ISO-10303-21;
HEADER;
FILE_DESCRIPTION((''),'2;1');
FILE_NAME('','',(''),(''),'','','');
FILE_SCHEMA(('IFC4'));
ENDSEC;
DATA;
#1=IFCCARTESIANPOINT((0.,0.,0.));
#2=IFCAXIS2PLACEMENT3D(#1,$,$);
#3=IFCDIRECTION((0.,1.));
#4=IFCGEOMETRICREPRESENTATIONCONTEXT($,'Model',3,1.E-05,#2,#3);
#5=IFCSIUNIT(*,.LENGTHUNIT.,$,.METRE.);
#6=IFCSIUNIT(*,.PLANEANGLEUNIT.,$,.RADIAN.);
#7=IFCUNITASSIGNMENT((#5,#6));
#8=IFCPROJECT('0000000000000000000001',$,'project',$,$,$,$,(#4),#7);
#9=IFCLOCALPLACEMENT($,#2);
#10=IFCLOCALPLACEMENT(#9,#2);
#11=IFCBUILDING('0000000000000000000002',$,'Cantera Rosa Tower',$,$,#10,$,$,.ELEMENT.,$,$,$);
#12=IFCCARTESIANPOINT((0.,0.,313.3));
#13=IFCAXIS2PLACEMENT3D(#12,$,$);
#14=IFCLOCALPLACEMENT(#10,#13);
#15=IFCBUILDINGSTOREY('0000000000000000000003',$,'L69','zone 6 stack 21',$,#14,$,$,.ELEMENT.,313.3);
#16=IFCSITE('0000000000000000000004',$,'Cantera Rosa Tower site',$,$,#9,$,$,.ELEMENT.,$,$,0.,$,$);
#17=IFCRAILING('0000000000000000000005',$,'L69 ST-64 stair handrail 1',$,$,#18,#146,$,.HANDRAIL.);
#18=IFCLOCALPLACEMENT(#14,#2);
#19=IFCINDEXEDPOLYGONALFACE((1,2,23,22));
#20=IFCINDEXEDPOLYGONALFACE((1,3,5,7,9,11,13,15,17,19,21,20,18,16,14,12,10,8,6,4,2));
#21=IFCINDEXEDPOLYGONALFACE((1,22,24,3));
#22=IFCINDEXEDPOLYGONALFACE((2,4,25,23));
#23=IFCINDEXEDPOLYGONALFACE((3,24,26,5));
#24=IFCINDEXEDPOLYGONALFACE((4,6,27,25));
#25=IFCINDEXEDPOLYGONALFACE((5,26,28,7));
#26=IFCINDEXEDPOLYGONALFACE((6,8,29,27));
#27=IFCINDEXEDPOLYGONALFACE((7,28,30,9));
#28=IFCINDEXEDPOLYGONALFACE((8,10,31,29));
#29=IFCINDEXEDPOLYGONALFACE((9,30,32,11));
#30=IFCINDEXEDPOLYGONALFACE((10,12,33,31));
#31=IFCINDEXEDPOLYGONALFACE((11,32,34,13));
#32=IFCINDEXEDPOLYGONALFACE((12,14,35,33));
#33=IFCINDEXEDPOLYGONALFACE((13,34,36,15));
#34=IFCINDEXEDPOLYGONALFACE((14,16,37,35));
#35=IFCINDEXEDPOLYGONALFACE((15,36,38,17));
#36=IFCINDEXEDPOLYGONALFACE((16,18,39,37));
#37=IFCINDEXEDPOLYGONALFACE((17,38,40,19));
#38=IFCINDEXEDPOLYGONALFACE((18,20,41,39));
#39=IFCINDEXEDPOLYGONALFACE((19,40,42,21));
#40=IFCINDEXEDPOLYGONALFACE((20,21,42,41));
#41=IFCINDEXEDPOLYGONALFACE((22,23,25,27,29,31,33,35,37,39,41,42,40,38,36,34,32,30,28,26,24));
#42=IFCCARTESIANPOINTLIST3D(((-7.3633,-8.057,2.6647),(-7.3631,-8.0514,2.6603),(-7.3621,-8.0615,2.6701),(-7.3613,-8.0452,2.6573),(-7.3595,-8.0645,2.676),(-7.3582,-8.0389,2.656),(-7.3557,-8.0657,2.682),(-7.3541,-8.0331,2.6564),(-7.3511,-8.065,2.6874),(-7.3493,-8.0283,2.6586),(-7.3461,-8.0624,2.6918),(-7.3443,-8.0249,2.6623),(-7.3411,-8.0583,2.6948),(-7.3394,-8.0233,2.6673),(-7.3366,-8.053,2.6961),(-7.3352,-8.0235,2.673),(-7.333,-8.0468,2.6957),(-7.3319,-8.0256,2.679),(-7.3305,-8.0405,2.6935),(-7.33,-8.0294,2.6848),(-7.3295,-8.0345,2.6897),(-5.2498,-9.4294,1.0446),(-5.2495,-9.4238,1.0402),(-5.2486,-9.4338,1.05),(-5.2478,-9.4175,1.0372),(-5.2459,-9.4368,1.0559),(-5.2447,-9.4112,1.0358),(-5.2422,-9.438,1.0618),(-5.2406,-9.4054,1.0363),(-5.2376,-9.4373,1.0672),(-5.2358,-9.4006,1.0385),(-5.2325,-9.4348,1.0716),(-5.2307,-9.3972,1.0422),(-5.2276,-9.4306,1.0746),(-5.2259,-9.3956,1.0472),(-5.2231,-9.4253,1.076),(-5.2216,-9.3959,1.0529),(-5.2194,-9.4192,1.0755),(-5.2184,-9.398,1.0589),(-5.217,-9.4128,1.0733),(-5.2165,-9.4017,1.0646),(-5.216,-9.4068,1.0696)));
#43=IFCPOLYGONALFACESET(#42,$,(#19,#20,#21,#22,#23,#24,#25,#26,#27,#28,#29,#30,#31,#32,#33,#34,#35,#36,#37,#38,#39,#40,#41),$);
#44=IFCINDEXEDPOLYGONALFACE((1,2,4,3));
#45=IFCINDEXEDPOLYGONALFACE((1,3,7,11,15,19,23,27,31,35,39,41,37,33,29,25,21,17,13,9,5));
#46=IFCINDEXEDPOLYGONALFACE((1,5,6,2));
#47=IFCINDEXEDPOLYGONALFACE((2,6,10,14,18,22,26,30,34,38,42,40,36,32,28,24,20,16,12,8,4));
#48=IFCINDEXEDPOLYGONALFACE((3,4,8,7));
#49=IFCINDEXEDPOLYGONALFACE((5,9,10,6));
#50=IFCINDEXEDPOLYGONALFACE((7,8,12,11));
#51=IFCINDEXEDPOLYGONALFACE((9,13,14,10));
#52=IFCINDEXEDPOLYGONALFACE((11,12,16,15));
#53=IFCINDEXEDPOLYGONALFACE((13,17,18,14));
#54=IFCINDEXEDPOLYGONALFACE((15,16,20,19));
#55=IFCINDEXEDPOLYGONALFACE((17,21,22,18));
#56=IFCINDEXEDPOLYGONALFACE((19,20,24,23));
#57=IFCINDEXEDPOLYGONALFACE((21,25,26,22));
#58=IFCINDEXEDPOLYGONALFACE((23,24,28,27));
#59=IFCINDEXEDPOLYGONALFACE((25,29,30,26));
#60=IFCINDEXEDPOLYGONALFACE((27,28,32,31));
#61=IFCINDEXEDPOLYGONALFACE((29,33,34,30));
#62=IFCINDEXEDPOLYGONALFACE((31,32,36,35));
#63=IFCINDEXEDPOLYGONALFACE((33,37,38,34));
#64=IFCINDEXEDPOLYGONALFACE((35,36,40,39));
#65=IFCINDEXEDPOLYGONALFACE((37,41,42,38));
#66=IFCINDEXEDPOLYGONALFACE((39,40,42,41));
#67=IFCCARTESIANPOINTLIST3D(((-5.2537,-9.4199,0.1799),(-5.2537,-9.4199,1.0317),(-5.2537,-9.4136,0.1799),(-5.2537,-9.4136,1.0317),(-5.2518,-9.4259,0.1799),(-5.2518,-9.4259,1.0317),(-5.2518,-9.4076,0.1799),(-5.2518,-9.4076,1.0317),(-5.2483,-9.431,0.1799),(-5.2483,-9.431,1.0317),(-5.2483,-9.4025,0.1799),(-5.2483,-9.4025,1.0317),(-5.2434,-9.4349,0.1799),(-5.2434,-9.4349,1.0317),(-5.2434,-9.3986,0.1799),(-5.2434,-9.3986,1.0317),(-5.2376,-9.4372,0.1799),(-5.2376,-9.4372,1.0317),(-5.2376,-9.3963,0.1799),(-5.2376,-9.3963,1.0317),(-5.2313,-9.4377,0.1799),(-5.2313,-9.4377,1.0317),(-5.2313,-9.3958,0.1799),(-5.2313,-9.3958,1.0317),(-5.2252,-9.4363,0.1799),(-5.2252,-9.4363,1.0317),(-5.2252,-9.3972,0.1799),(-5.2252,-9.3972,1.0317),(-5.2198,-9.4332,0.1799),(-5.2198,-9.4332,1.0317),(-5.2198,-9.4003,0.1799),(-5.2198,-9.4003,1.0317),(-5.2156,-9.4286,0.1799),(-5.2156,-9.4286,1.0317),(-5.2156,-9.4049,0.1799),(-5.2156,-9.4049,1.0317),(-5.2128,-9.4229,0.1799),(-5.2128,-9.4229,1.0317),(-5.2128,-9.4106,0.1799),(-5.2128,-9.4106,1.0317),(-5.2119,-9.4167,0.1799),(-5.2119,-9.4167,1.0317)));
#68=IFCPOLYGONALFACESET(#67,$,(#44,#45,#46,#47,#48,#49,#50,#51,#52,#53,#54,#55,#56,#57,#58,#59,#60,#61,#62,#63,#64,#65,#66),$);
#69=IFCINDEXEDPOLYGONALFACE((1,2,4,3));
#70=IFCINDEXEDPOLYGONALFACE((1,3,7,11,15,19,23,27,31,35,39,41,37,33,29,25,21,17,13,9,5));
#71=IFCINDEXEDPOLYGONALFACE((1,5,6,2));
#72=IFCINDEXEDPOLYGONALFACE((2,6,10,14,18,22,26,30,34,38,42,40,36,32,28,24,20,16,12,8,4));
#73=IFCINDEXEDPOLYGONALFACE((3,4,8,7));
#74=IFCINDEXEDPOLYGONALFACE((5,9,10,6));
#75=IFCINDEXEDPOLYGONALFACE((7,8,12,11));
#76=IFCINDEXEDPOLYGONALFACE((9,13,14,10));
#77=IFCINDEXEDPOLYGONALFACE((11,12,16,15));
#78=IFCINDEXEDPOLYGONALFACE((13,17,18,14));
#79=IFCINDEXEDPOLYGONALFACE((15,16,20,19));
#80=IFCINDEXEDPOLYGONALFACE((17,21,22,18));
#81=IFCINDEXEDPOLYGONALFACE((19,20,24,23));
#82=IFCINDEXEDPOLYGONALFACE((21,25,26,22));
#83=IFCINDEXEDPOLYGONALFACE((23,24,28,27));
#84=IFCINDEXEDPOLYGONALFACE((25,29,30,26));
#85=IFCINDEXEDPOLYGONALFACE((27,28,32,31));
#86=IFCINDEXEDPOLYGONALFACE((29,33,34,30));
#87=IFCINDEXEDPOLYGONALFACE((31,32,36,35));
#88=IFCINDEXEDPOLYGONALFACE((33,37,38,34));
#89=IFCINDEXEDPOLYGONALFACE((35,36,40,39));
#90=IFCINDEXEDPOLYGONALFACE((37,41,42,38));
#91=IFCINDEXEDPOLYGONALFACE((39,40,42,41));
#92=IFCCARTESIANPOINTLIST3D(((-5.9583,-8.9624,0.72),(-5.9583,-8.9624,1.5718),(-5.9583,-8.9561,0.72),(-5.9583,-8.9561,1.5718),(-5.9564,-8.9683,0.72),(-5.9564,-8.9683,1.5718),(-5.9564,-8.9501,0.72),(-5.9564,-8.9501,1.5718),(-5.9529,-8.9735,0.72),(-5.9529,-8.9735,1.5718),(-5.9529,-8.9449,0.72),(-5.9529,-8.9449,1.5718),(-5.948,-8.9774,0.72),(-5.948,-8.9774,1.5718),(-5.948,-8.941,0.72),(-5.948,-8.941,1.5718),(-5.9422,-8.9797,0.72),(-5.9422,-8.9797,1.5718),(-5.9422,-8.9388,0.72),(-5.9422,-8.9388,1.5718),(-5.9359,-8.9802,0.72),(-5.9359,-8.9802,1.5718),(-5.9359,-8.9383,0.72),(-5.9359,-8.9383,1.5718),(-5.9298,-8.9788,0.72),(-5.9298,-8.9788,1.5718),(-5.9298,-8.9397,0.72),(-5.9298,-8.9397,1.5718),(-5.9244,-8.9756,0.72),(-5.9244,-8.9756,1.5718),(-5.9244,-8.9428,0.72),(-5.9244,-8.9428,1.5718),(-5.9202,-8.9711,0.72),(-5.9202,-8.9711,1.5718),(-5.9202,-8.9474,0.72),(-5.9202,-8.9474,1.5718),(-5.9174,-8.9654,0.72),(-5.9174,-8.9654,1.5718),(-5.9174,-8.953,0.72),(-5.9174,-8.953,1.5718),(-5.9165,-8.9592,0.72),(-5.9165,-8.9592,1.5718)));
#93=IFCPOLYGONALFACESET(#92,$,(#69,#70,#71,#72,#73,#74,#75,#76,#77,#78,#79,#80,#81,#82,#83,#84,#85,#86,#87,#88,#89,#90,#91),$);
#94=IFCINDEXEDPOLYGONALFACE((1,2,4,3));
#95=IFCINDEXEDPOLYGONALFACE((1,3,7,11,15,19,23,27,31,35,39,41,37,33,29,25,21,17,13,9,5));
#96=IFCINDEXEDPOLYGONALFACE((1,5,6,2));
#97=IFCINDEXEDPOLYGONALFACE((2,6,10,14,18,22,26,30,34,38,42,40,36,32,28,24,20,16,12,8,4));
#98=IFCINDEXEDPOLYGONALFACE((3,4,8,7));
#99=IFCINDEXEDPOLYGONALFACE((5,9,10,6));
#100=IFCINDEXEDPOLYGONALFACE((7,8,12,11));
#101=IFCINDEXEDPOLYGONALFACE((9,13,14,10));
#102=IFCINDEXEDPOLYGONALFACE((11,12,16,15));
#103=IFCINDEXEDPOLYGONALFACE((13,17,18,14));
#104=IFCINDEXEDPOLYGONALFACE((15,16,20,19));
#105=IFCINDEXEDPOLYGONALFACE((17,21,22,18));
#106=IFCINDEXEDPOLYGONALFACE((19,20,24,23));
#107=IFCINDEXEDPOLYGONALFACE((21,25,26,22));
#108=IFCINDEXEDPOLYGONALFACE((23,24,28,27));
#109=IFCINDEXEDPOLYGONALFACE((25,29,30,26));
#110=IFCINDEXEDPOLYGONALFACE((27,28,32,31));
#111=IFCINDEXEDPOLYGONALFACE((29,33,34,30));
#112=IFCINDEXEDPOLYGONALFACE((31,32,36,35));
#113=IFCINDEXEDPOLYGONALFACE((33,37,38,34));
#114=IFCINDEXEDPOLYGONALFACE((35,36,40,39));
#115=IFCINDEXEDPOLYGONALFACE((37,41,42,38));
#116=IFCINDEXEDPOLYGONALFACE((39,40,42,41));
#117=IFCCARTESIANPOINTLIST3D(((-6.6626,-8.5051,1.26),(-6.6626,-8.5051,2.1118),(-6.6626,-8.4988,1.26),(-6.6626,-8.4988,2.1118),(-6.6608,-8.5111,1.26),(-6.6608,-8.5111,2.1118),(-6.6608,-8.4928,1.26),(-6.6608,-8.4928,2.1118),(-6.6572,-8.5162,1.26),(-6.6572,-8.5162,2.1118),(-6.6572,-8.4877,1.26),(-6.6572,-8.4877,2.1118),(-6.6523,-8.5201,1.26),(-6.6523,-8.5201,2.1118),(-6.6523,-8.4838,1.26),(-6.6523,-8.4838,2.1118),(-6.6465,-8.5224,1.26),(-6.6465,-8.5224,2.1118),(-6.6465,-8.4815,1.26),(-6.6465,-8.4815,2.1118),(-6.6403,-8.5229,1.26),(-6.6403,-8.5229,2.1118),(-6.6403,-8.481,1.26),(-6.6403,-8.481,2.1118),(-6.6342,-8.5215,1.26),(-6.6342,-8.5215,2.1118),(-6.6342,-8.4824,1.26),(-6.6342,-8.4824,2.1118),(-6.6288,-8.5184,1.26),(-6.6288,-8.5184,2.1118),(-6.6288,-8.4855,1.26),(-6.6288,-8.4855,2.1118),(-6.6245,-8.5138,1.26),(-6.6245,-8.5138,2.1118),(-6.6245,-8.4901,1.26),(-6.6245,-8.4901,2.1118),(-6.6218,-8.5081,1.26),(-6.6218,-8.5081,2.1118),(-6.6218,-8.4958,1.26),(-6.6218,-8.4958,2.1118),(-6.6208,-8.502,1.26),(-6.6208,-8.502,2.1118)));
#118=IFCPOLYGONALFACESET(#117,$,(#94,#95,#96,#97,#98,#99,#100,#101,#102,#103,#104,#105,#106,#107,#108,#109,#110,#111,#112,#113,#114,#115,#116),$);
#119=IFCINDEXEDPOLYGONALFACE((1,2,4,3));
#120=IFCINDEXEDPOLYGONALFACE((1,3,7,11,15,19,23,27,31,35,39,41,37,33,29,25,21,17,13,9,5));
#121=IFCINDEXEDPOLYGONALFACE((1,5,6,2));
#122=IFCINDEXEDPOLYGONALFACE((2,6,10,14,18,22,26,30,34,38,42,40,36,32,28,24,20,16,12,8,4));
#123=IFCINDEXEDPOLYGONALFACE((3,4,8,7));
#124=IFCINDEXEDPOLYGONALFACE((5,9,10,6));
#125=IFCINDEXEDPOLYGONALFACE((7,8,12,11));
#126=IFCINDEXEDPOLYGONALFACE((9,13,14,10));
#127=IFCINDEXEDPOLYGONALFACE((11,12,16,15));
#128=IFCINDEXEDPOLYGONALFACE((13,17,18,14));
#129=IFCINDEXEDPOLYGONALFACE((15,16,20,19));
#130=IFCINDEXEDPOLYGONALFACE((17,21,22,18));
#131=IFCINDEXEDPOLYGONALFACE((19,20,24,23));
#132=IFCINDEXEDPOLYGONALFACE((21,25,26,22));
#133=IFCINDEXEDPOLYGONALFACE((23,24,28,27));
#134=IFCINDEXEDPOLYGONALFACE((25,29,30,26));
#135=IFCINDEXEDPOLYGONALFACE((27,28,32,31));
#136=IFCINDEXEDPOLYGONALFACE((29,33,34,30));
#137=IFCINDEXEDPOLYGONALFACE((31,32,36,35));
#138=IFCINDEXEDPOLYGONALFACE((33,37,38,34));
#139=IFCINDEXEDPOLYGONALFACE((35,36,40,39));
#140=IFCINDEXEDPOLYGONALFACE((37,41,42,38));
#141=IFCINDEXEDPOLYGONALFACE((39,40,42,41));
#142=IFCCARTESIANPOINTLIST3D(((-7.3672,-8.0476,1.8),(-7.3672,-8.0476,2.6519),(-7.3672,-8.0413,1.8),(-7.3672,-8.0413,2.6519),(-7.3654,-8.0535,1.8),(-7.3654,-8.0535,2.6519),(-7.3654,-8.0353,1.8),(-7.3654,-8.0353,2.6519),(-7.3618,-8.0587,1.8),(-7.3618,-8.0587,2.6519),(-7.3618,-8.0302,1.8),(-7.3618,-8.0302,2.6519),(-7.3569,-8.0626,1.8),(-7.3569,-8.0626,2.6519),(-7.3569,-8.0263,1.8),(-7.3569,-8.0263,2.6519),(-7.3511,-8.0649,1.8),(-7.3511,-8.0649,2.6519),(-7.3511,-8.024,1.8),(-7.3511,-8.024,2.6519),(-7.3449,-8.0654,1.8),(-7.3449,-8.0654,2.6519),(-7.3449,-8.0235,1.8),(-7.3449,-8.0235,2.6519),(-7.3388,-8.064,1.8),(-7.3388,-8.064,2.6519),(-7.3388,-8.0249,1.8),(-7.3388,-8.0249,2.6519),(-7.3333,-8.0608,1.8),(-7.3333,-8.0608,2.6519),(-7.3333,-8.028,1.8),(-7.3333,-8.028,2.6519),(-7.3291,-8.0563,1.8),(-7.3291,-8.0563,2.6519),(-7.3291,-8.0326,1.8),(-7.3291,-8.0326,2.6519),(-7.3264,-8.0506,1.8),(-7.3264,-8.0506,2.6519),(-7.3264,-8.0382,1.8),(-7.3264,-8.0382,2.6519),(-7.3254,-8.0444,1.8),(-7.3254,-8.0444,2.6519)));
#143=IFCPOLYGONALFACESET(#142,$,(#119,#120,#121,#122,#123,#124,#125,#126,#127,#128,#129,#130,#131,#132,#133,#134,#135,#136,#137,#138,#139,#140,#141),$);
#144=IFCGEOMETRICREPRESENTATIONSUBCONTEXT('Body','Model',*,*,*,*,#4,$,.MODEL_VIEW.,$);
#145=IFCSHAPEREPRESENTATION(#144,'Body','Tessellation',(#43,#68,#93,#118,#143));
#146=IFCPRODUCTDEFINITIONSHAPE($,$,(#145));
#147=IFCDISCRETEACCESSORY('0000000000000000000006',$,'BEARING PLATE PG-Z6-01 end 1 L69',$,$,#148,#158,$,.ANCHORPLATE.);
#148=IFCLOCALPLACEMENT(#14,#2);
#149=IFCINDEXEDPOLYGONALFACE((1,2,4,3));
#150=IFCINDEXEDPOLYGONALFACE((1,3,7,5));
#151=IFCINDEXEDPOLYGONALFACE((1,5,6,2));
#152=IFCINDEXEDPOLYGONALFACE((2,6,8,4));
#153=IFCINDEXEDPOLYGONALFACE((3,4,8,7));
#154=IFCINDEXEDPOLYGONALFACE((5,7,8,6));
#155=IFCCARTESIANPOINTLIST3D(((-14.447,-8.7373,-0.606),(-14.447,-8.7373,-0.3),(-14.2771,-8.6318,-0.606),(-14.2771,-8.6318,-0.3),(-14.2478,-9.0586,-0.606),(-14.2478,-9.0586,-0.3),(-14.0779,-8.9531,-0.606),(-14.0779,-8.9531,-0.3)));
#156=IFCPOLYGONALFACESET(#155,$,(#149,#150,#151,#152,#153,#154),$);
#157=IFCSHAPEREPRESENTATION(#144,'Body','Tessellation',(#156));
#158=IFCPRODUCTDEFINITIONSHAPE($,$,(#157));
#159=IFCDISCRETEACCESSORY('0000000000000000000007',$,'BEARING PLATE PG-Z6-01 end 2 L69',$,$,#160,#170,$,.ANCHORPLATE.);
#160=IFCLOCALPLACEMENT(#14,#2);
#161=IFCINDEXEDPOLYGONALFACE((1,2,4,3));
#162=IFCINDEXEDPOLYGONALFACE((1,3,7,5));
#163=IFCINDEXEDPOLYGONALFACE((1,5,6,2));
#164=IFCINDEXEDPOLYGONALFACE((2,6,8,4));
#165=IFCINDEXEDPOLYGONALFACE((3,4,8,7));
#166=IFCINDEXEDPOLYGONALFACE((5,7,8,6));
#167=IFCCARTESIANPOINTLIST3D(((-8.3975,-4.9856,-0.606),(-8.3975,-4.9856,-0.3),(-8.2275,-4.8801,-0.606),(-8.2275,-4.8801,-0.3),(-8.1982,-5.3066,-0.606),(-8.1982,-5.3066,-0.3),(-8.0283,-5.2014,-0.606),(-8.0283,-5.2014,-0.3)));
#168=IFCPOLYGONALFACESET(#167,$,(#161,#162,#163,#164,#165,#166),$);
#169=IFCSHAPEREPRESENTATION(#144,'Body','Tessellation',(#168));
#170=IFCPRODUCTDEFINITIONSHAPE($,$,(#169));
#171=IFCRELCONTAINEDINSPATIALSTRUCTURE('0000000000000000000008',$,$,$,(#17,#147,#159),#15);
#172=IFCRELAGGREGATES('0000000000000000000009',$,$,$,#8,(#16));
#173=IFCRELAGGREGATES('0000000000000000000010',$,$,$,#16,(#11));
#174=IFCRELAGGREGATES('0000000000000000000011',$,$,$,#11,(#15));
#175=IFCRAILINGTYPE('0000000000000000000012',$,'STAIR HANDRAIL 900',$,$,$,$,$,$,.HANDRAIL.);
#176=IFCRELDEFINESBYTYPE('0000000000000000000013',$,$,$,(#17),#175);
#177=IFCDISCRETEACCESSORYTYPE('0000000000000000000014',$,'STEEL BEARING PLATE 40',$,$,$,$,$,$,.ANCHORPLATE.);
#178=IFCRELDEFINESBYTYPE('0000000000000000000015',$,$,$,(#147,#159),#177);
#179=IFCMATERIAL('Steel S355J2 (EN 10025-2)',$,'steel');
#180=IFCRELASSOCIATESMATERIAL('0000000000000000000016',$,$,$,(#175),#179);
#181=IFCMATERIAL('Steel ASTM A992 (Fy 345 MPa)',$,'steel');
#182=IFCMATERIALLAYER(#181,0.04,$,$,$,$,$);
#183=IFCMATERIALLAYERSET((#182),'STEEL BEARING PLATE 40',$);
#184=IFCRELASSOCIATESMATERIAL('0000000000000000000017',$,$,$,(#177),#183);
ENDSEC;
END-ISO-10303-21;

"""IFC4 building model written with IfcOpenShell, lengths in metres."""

from ifc_helpers import new_model, si_unit, direction, frame, origin, origin_2d, place, context, subcontext, project, spatial, polyline, circle, outline, extrude, material, layer, layer_set, type_object, element, save


model = new_model("IFC4")

# Units and contexts
model_context = context("Model", 3, precision=1e-05, world=origin(), true_north=direction((0.0, 1.0)))
body_context = subcontext(model_context, "Body", "Model", "MODEL_VIEW")
ifc_project = project(units=[si_unit("LENGTHUNIT", "METRE"), si_unit("PLANEANGLEUNIT", "RADIAN")], contexts=[model_context])

# Site, building, storey
site_placement = place(None, origin())
site = spatial("IfcSite", under=ifc_project, at=site_placement, Name="Cantera Rosa Tower site", CompositionType="ELEMENT", RefElevation=0.0)
building_placement = place(site_placement, origin())
building = spatial("IfcBuilding", under=site, at=building_placement, Name="Cantera Rosa Tower", CompositionType="ELEMENT")
storey_placement = place(building_placement, frame((0.0, 0.0, 313.3)))
storey = spatial("IfcBuildingStorey", under=building, at=storey_placement, Name="L69", Description="zone 6 stack 21", CompositionType="ELEMENT", Elevation=313.3)

# Railing
ifc_material_1 = material(Name="Steel S355J2 (EN 10025-2)", Category="steel")
railing_type_1 = type_object("IfcRailingType", Name="STAIR HANDRAIL 900", PredefinedType="HANDRAIL", material=ifc_material_1)
railing_1_placement = place(storey_placement, frame((-5.2329, -9.4167, 0.1799)))
element("IfcRailing", 1, at=railing_1_placement, inside=storey, type_object=railing_type_1, Name="L69 ST-64 stair handrail 1", PredefinedType="HANDRAIL", context=body_context, shape_type="SweptSolid", body=[
    extrude(circle(Radius=0.0239, at=origin_2d()), frame((0.0, 0.0, 0.876), z_axis=(-0.705488, 0.458074, 0.54079), x_axis=(-0.544576, -0.838711, 0.0)), (0.0, 0.0, 1.0), 2.9958),
    extrude(circle(Radius=0.021, at=origin_2d()), origin(), (0.0, 0.0, 1.0), 0.8518),
    extrude(circle(Radius=0.021, at=origin_2d()), frame((-0.7046, 0.4575, 0.54)), (0.0, 0.0, 1.0), 0.8518),
    extrude(circle(Radius=0.021, at=origin_2d()), frame((-1.4089, 0.9148, 1.0801)), (0.0, 0.0, 1.0), 0.8518),
    extrude(circle(Radius=0.021, at=origin_2d()), frame((-2.1135, 1.3723, 1.6201)), (0.0, 0.0, 1.0), 0.8518),
])

# Discrete accessories
ifc_material_2 = material(Name="Steel ASTM A992 (Fy 345 MPa)", Category="steel")
ifc_layer_1 = layer(ifc_material_2, 0.04)
ifc_layer_set_1 = layer_set([ifc_layer_1], Name="STEEL BEARING PLATE 40")
discrete_accessory_type = type_object("IfcDiscreteAccessoryType", Name="STEEL BEARING PLATE 40", PredefinedType="ANCHORPLATE", material=ifc_layer_set_1)
discrete_accessory_1_placement = place(storey_placement, frame((0.0, 0.0, -0.606)))
element("IfcDiscreteAccessory", 2, at=discrete_accessory_1_placement, inside=storey, type_object=discrete_accessory_type, Name="BEARING PLATE PG-Z6-01 end 1 L69", PredefinedType="ANCHORPLATE", context=body_context, shape_type="SweptSolid", body=[
    extrude(outline(polyline([(-14.2771, -8.6318), (-14.447, -8.7373), (-14.2478, -9.0586), (-14.0779, -8.9531), (-14.2771, -8.6318)])), origin(), (0.0, 0.0, 1.0), 0.3059),
])
discrete_accessory_2_placement = place(storey_placement, frame((0.0, 0.0, -0.606)))
element("IfcDiscreteAccessory", 3, at=discrete_accessory_2_placement, inside=storey, type_object=discrete_accessory_type, Name="BEARING PLATE PG-Z6-01 end 2 L69", PredefinedType="ANCHORPLATE", context=body_context, shape_type="SweptSolid", body=[
    extrude(outline(polyline([(-8.1982, -5.3066), (-8.0283, -5.2014), (-8.2275, -4.8801), (-8.3975, -4.9856), (-8.1982, -5.3066)])), origin(), (0.0, 0.0, 1.0), 0.3059),
])

save(model, "model.ifc")
